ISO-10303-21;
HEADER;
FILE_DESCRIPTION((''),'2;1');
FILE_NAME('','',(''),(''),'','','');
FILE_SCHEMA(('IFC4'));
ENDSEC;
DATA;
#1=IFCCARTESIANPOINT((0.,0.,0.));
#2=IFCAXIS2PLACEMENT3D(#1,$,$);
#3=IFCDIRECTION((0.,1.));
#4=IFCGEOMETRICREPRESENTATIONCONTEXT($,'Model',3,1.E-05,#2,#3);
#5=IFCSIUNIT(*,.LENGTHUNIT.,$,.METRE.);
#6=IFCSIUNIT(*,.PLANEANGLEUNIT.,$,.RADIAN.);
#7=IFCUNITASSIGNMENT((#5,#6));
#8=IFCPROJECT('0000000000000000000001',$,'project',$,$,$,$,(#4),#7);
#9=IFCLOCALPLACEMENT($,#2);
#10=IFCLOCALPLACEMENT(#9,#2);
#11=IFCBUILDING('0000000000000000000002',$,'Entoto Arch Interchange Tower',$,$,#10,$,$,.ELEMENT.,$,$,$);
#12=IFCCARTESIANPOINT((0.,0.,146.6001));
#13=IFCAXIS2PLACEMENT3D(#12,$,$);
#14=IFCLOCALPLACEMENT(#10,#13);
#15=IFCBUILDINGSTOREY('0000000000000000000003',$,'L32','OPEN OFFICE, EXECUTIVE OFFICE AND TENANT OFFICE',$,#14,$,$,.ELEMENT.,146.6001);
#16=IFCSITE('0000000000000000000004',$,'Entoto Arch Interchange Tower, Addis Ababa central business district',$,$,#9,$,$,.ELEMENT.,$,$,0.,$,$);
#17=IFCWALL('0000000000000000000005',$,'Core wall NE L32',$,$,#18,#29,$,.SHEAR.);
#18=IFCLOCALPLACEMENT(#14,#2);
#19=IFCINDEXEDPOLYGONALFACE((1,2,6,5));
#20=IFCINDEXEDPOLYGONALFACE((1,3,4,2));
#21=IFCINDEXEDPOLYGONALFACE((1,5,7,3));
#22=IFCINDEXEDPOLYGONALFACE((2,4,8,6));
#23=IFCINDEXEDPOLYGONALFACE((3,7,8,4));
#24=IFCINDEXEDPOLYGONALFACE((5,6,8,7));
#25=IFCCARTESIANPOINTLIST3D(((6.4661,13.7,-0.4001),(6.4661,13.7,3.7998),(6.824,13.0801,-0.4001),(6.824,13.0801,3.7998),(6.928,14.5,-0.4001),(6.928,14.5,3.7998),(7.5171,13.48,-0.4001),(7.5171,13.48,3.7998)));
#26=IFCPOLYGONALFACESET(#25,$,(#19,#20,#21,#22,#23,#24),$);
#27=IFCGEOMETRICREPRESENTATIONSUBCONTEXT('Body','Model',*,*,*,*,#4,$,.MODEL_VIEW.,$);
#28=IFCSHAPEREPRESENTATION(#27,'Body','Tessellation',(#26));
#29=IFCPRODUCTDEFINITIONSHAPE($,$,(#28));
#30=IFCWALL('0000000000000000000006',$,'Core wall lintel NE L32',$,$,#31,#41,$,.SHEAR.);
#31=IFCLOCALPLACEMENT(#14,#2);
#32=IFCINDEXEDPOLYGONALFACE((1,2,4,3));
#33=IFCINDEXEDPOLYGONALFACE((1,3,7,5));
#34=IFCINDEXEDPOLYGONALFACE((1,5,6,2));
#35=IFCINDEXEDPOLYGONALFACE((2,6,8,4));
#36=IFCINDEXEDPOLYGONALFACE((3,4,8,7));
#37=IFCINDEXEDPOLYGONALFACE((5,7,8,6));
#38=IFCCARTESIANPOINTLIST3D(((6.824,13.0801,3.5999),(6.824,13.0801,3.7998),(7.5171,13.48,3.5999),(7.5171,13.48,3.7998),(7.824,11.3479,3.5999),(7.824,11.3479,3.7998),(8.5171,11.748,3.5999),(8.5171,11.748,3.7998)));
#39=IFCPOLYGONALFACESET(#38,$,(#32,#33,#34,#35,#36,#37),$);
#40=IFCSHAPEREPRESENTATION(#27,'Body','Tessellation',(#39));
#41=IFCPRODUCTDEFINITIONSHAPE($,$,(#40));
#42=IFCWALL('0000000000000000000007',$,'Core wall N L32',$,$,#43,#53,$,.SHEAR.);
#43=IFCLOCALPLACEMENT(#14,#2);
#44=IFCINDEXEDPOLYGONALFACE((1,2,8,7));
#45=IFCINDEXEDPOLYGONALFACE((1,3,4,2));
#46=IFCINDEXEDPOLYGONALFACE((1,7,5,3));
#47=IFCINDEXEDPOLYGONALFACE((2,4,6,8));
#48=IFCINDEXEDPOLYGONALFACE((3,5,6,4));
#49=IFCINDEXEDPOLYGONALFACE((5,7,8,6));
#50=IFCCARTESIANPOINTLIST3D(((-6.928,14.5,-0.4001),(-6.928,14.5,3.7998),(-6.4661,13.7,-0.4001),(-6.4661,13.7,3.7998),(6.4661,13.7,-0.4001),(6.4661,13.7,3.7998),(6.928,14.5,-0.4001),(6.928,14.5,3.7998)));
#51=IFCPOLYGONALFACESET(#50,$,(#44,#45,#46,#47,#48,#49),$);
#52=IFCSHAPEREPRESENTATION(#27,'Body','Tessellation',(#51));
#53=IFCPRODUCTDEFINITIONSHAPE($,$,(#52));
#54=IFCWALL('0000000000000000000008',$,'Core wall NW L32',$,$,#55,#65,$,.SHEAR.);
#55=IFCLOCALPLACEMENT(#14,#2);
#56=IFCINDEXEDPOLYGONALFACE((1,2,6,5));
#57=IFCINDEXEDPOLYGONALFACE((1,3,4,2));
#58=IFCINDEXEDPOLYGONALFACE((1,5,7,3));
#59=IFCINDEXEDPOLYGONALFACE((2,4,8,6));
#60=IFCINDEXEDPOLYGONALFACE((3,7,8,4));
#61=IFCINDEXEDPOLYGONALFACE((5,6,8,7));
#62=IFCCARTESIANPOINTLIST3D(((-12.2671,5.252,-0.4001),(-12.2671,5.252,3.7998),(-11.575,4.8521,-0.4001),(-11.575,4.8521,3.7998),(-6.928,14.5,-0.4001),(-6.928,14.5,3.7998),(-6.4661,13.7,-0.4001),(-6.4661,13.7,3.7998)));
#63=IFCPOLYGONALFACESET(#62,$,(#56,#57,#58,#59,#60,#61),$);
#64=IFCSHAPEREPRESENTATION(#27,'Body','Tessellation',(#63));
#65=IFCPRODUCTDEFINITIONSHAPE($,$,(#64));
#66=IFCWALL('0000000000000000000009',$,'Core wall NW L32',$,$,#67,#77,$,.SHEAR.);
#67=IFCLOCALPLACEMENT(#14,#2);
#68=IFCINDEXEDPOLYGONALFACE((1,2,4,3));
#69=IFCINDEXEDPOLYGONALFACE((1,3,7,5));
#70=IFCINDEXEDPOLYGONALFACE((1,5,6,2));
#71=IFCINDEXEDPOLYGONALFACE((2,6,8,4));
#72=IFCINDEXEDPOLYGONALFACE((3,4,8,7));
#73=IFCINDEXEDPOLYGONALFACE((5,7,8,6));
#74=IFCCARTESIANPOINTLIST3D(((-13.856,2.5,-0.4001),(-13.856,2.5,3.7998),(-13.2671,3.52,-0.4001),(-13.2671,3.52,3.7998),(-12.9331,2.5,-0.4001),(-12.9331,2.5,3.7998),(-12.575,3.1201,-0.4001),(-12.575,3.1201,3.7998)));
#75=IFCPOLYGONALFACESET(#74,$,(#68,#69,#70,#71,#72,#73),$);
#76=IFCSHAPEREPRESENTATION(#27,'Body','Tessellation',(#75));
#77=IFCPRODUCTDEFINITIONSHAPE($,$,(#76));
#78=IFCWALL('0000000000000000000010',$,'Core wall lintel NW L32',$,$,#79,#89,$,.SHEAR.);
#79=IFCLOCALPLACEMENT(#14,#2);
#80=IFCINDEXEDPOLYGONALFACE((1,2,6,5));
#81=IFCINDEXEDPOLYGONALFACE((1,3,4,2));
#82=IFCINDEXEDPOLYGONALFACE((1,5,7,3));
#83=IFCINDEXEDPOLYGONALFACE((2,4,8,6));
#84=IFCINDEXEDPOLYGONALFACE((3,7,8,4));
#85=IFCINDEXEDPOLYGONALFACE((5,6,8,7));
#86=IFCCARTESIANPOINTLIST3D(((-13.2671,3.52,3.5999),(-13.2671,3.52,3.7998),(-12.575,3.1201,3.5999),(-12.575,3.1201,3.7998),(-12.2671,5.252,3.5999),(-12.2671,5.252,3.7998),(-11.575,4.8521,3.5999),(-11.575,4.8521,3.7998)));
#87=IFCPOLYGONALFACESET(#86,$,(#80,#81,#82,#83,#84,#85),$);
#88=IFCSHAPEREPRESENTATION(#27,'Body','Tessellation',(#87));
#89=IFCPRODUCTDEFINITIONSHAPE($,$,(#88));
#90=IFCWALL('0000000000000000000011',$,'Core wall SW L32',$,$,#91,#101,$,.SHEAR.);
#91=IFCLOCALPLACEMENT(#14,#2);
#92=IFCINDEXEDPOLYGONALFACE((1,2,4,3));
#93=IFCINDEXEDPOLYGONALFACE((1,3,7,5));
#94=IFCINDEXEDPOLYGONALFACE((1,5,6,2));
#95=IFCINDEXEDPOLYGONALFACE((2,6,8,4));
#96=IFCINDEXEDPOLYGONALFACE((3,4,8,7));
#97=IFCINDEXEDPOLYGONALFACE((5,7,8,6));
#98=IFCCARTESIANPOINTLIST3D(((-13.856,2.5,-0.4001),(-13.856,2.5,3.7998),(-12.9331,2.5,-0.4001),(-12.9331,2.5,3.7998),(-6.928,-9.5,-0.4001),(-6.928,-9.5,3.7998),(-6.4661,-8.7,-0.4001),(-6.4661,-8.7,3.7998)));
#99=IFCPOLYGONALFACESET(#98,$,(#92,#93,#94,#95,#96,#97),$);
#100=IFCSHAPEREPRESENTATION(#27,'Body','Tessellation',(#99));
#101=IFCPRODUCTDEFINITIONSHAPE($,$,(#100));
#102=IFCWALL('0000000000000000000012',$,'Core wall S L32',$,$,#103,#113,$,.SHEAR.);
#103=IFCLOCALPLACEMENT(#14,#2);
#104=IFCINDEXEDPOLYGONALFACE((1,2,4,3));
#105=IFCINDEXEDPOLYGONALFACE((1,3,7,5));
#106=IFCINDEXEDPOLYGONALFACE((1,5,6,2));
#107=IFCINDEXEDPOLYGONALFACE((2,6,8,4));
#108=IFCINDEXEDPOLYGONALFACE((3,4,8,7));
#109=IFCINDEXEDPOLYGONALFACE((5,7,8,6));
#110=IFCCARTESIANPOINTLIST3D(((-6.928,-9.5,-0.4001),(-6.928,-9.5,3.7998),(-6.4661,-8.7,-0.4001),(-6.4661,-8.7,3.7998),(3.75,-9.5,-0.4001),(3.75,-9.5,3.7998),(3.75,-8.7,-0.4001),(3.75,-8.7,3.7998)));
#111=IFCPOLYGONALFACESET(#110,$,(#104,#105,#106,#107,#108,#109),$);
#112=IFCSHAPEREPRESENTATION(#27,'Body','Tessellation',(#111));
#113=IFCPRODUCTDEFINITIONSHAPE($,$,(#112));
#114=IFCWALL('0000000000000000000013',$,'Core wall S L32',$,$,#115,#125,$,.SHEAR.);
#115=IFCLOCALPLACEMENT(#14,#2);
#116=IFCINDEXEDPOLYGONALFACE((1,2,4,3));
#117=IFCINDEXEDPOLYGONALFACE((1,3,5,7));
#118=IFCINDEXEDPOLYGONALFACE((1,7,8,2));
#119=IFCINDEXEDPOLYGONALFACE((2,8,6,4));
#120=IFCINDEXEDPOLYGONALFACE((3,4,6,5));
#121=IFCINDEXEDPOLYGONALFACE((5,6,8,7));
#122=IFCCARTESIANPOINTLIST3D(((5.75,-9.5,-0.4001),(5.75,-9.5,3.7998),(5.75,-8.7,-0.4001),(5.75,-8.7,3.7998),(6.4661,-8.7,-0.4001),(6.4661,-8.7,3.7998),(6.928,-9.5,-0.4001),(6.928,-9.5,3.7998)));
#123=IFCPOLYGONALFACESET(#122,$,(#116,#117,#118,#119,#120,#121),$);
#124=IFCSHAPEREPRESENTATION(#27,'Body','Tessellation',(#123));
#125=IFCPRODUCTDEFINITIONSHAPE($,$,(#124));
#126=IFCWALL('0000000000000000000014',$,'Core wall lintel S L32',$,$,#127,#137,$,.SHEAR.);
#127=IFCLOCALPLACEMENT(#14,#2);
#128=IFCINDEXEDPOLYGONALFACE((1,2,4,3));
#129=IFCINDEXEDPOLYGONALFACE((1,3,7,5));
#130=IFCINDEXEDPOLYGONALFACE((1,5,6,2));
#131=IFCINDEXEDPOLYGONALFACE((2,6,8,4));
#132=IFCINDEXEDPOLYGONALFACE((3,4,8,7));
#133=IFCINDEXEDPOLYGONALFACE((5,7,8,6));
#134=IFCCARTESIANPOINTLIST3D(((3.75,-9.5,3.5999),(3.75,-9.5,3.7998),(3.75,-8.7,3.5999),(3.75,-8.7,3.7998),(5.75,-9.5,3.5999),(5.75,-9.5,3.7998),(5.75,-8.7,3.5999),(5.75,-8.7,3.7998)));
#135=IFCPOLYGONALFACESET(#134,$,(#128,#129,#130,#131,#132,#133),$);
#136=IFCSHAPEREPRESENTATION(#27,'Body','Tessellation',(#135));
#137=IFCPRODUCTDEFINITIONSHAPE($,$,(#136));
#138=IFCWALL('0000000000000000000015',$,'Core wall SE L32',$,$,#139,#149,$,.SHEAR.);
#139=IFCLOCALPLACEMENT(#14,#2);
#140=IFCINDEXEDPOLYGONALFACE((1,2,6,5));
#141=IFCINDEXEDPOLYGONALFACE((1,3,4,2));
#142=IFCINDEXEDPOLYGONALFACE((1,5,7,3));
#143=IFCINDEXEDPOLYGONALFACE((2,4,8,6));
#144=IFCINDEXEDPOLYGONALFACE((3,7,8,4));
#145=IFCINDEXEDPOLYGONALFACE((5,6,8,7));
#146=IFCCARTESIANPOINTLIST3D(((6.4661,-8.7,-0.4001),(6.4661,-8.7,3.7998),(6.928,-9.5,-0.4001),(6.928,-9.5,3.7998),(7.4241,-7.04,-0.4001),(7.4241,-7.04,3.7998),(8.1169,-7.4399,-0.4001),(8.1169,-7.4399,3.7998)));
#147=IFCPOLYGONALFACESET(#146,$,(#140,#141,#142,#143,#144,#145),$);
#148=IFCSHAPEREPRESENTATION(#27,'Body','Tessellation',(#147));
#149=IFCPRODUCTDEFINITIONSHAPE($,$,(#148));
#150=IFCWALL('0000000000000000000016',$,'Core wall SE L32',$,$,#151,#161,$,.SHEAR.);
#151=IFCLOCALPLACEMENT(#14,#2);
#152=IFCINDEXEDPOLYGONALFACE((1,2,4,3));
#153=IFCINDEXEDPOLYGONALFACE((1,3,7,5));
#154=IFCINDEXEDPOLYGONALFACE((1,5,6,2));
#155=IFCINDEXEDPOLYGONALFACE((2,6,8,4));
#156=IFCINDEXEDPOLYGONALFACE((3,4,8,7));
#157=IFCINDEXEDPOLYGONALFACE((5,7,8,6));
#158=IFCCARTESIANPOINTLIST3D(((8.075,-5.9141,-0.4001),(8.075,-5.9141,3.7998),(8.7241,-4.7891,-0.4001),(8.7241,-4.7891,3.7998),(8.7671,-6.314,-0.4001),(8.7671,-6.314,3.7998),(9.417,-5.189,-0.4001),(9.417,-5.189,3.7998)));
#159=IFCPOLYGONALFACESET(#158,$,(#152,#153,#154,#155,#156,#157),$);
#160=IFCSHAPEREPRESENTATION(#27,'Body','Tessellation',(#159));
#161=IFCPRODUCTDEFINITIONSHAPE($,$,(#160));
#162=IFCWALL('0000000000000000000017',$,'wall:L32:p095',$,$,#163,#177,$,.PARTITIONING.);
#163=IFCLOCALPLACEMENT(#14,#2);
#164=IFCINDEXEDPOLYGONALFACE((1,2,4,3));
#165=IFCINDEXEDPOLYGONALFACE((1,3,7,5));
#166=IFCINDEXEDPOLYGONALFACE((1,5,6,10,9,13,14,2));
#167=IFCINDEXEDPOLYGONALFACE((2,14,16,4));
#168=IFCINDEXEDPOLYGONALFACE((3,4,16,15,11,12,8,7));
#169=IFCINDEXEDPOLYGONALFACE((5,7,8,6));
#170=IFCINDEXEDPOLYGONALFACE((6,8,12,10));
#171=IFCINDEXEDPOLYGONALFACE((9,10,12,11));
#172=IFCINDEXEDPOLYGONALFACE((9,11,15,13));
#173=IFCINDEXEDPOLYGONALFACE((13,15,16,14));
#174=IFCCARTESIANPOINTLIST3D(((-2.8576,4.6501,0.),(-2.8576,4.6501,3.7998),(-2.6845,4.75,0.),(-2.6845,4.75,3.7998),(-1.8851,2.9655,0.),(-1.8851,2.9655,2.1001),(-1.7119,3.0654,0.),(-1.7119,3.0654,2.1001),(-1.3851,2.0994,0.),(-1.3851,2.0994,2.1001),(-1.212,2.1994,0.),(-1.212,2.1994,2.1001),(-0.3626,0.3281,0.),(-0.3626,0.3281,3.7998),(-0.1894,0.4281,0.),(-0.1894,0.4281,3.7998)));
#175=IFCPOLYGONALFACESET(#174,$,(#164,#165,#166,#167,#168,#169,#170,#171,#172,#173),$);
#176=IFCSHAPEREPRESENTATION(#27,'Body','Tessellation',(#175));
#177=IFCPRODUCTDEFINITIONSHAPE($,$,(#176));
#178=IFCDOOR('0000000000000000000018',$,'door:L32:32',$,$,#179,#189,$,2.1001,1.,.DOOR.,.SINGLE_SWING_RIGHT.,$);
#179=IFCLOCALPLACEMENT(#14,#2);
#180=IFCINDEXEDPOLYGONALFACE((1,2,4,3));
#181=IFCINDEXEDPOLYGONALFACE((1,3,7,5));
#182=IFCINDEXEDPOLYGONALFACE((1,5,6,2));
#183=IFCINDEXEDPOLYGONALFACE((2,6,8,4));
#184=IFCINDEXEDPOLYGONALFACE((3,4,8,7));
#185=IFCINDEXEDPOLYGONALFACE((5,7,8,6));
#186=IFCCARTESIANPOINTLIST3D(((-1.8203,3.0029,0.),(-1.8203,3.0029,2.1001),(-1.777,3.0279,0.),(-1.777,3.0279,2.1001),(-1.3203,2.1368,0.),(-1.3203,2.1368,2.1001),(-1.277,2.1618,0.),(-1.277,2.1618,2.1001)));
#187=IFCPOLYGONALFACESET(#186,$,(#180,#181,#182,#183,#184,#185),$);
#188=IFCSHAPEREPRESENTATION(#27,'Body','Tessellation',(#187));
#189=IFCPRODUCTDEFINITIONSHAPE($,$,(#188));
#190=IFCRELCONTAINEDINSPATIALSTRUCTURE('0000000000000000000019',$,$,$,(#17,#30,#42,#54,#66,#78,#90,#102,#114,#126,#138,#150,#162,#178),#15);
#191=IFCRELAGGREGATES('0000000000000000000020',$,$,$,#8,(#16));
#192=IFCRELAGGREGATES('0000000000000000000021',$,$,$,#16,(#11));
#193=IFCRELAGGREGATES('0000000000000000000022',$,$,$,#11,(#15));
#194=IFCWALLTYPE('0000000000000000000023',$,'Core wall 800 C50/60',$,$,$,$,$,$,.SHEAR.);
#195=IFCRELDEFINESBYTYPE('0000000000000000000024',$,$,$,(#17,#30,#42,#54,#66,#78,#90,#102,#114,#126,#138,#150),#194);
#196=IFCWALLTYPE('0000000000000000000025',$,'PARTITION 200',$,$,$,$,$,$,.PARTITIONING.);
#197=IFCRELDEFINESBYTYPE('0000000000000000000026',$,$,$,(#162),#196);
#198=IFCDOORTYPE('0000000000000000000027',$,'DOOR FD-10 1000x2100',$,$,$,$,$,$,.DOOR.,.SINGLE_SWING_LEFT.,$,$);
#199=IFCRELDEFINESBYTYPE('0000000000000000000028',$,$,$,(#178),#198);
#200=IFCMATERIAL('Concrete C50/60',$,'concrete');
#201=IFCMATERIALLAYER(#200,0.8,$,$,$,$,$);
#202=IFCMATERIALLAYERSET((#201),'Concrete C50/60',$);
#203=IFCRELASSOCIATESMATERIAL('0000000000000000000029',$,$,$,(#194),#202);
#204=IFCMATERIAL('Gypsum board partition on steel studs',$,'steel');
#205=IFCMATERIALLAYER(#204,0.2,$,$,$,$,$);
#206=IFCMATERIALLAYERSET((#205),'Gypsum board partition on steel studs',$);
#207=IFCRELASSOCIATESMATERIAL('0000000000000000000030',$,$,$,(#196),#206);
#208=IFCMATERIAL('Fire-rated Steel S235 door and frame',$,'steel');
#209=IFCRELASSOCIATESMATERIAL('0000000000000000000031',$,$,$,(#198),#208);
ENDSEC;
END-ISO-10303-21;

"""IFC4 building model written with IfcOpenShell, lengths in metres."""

from ifc_helpers import new_model, si_unit, direction, frame, frame_2d, origin, place, context, subcontext, project, spatial, polyline, rectangle, outline, extrude, material, layer, layer_set, type_object, element, fill, save


model = new_model("IFC4")

# Units and contexts
model_context = context("Model", 3, precision=1e-05, world=origin(), true_north=direction((0.0, 1.0)))
body_context = subcontext(model_context, "Body", "Model", "MODEL_VIEW")
ifc_project = project(units=[si_unit("LENGTHUNIT", "METRE"), si_unit("PLANEANGLEUNIT", "RADIAN")], contexts=[model_context])

# Site, building, storey
site_placement = place(None, origin())
site = spatial("IfcSite", under=ifc_project, at=site_placement, Name="Entoto Arch Interchange Tower, Addis Ababa central business district", CompositionType="ELEMENT", RefElevation=0.0)
building_placement = place(site_placement, origin())
building = spatial("IfcBuilding", under=site, at=building_placement, Name="Entoto Arch Interchange Tower", CompositionType="ELEMENT")
storey_placement = place(building_placement, frame((0.0, 0.0, 146.6001)))
storey = spatial("IfcBuildingStorey", under=building, at=storey_placement, Name="L32", Description="OPEN OFFICE, EXECUTIVE OFFICE AND TENANT OFFICE", CompositionType="ELEMENT", Elevation=146.6001)

# Walls
ifc_material_1 = material(Name="Concrete C50/60", Category="concrete")
ifc_layer_1 = layer(ifc_material_1, 0.8)
ifc_layer_set_1 = layer_set([ifc_layer_1], Name="Concrete C50/60")
wall_type_1 = type_object("IfcWallType", Name="Core wall 800 C50/60", PredefinedType="SHEAR", material=ifc_layer_set_1)
wall_1_placement = place(storey_placement, frame((0.0, 0.0, -0.4001)))
element("IfcWall", 1, at=wall_1_placement, inside=storey, type_object=wall_type_1, Name="Core wall NE L32", PredefinedType="SHEAR", context=body_context, shape_type="SweptSolid", body=[
    extrude(outline(polyline([(6.824, 13.0801), (7.5171, 13.48), (6.928, 14.5), (6.4661, 13.7), (6.824, 13.0801)])), origin(), (0.0, 0.0, 1.0), 4.2),
])
wall_2_placement = place(storey_placement, frame((0.0, 0.0, 3.5999)))
element("IfcWall", 2, at=wall_2_placement, inside=storey, type_object=wall_type_1, Name="Core wall lintel NE L32", PredefinedType="SHEAR", context=body_context, shape_type="SweptSolid", body=[
    extrude(outline(polyline([(7.5171, 13.48), (6.824, 13.0801), (7.824, 11.3479), (8.5171, 11.748), (7.5171, 13.48)])), origin(), (0.0, 0.0, 1.0), 0.2),
])
wall_3_placement = place(storey_placement, frame((0.0, 0.0, -0.4001)))
element("IfcWall", 3, at=wall_3_placement, inside=storey, type_object=wall_type_1, Name="Core wall N L32", PredefinedType="SHEAR", context=body_context, shape_type="SweptSolid", body=[
    extrude(outline(polyline([(6.928, 14.5), (-6.928, 14.5), (-6.4661, 13.7), (6.4661, 13.7), (6.928, 14.5)])), origin(), (0.0, 0.0, 1.0), 4.2),
])
wall_4_placement = place(storey_placement, frame((0.0, 0.0, -0.4001)))
element("IfcWall", 4, at=wall_4_placement, inside=storey, type_object=wall_type_1, Name="Core wall NW L32", PredefinedType="SHEAR", context=body_context, shape_type="SweptSolid", body=[
    extrude(outline(polyline([(-12.2671, 5.252), (-11.575, 4.8521), (-6.4661, 13.7), (-6.928, 14.5), (-12.2671, 5.252)])), origin(), (0.0, 0.0, 1.0), 4.2),
])
wall_5_placement = place(storey_placement, frame((0.0, 0.0, -0.4001)))
element("IfcWall", 5, at=wall_5_placement, inside=storey, type_object=wall_type_1, Name="Core wall NW L32", PredefinedType="SHEAR", context=body_context, shape_type="SweptSolid", body=[
    extrude(outline(polyline([(-12.575, 3.1201), (-13.2671, 3.52), (-13.856, 2.5), (-12.9331, 2.5), (-12.575, 3.1201)])), origin(), (0.0, 0.0, 1.0), 4.2),
])
wall_6_placement = place(storey_placement, frame((0.0, 0.0, 3.5999)))
element("IfcWall", 6, at=wall_6_placement, inside=storey, type_object=wall_type_1, Name="Core wall lintel NW L32", PredefinedType="SHEAR", context=body_context, shape_type="SweptSolid", body=[
    extrude(outline(polyline([(-13.2671, 3.52), (-12.575, 3.1201), (-11.575, 4.8521), (-12.2671, 5.252), (-13.2671, 3.52)])), origin(), (0.0, 0.0, 1.0), 0.2),
])
wall_7_placement = place(storey_placement, frame((0.0, 0.0, -0.4001)))
element("IfcWall", 7, at=wall_7_placement, inside=storey, type_object=wall_type_1, Name="Core wall SW L32", PredefinedType="SHEAR", context=body_context, shape_type="SweptSolid", body=[
    extrude(outline(polyline([(-13.856, 2.5), (-6.928, -9.5), (-6.4661, -8.7), (-12.9331, 2.5), (-13.856, 2.5)])), origin(), (0.0, 0.0, 1.0), 4.2),
])
wall_8_placement = place(storey_placement, frame((0.0, 0.0, -0.4001)))
element("IfcWall", 8, at=wall_8_placement, inside=storey, type_object=wall_type_1, Name="Core wall S L32", PredefinedType="SHEAR", context=body_context, shape_type="SweptSolid", body=[
    extrude(outline(polyline([(3.75, -9.5), (3.75, -8.7), (-6.4661, -8.7), (-6.928, -9.5), (3.75, -9.5)])), origin(), (0.0, 0.0, 1.0), 4.2),
])
wall_9_placement = place(storey_placement, frame((0.0, 0.0, -0.4001)))
element("IfcWall", 9, at=wall_9_placement, inside=storey, type_object=wall_type_1, Name="Core wall S L32", PredefinedType="SHEAR", context=body_context, shape_type="SweptSolid", body=[
    extrude(outline(polyline([(5.75, -8.7), (5.75, -9.5), (6.928, -9.5), (6.4661, -8.7), (5.75, -8.7)])), origin(), (0.0, 0.0, 1.0), 4.2),
])
wall_10_placement = place(storey_placement, frame((0.0, 0.0, 3.5999)))
element("IfcWall", 10, at=wall_10_placement, inside=storey, type_object=wall_type_1, Name="Core wall lintel S L32", PredefinedType="SHEAR", context=body_context, shape_type="SweptSolid", body=[
    extrude(outline(polyline([(5.75, -9.5), (5.75, -8.7), (3.75, -8.7), (3.75, -9.5), (5.75, -9.5)])), origin(), (0.0, 0.0, 1.0), 0.2),
])
wall_11_placement = place(storey_placement, frame((0.0, 0.0, -0.4001)))
element("IfcWall", 11, at=wall_11_placement, inside=storey, type_object=wall_type_1, Name="Core wall SE L32", PredefinedType="SHEAR", context=body_context, shape_type="SweptSolid", body=[
    extrude(outline(polyline([(8.1169, -7.4399), (7.4241, -7.04), (6.4661, -8.7), (6.928, -9.5), (8.1169, -7.4399)])), origin(), (0.0, 0.0, 1.0), 4.2),
])
wall_12_placement = place(storey_placement, frame((0.0, 0.0, -0.4001)))
element("IfcWall", 12, at=wall_12_placement, inside=storey, type_object=wall_type_1, Name="Core wall SE L32", PredefinedType="SHEAR", context=body_context, shape_type="SweptSolid", body=[
    extrude(outline(polyline([(9.417, -5.189), (8.7241, -4.7891), (8.075, -5.9141), (8.7671, -6.314), (9.417, -5.189)])), origin(), (0.0, 0.0, 1.0), 4.2),
])

# Wall, opening, door
ifc_material_2 = material(Name="Gypsum board partition on steel studs", Category="steel")
ifc_layer_2 = layer(ifc_material_2, 0.2)
ifc_layer_set_2 = layer_set([ifc_layer_2], Name="Gypsum board partition on steel studs")
wall_type_2 = type_object("IfcWallType", Name="PARTITION 200", PredefinedType="PARTITIONING", material=ifc_layer_set_2)
wall_13_placement = place(storey_placement, frame((-2.771, 4.7, 0.0), z_axis=(0.0, 0.0, 1.0), x_axis=(0.499969, -0.866043, 0.0)))
wall_13 = element("IfcWall", 13, at=wall_13_placement, inside=storey, type_object=wall_type_2, Name="wall:L32:p095", PredefinedType="PARTITIONING", context=body_context, shape_type="SweptSolid", body=[
    extrude(rectangle(XDim=4.9905, YDim=0.2, at=frame_2d((2.4951, 0.0))), origin(), (0.0, 0.0, 1.0), 3.7998),
])
opening_1_placement = place(wall_13_placement, frame((1.9451, 0.0, 0.0)))
opening_1 = element("IfcOpeningElement", 14, at=opening_1_placement, cuts=wall_13, PredefinedType="OPENING", context=body_context, shape_type="SweptSolid", body=[
    extrude(rectangle(XDim=1.0, YDim=2.1001, at=frame_2d((0.5, 1.05))), frame((0.0, 0.1099, 0.0), z_axis=(0.0, -1.0, 0.0), x_axis=(1.0, 0.0, 0.0)), (0.0, 0.0, 1.0), 0.22),
])
ifc_material_3 = material(Name="Fire-rated Steel S235 door and frame", Category="steel")
door_type_1 = type_object("IfcDoorType", Name="DOOR FD-10 1000x2100", OperationType="SINGLE_SWING_LEFT", PredefinedType="DOOR", material=ifc_material_3)
door_1_placement = place(opening_1_placement, origin())
door_1 = element("IfcDoor", 15, at=door_1_placement, inside=storey, type_object=door_type_1, Name="door:L32:32", OperationType="SINGLE_SWING_RIGHT", OverallHeight=2.1001, OverallWidth=1.0, PredefinedType="DOOR", context=body_context, shape_type="SweptSolid", body=[
    extrude(rectangle(XDim=1.0, YDim=2.1001, at=frame_2d((0.5, 1.05))), frame((0.0, 0.0249, 0.0), z_axis=(0.0, -1.0, 0.0), x_axis=(1.0, 0.0, 0.0)), (0.0, 0.0, 1.0), 0.05),
])
fill(opening_1, door_1)

save(model, "model.ifc")
